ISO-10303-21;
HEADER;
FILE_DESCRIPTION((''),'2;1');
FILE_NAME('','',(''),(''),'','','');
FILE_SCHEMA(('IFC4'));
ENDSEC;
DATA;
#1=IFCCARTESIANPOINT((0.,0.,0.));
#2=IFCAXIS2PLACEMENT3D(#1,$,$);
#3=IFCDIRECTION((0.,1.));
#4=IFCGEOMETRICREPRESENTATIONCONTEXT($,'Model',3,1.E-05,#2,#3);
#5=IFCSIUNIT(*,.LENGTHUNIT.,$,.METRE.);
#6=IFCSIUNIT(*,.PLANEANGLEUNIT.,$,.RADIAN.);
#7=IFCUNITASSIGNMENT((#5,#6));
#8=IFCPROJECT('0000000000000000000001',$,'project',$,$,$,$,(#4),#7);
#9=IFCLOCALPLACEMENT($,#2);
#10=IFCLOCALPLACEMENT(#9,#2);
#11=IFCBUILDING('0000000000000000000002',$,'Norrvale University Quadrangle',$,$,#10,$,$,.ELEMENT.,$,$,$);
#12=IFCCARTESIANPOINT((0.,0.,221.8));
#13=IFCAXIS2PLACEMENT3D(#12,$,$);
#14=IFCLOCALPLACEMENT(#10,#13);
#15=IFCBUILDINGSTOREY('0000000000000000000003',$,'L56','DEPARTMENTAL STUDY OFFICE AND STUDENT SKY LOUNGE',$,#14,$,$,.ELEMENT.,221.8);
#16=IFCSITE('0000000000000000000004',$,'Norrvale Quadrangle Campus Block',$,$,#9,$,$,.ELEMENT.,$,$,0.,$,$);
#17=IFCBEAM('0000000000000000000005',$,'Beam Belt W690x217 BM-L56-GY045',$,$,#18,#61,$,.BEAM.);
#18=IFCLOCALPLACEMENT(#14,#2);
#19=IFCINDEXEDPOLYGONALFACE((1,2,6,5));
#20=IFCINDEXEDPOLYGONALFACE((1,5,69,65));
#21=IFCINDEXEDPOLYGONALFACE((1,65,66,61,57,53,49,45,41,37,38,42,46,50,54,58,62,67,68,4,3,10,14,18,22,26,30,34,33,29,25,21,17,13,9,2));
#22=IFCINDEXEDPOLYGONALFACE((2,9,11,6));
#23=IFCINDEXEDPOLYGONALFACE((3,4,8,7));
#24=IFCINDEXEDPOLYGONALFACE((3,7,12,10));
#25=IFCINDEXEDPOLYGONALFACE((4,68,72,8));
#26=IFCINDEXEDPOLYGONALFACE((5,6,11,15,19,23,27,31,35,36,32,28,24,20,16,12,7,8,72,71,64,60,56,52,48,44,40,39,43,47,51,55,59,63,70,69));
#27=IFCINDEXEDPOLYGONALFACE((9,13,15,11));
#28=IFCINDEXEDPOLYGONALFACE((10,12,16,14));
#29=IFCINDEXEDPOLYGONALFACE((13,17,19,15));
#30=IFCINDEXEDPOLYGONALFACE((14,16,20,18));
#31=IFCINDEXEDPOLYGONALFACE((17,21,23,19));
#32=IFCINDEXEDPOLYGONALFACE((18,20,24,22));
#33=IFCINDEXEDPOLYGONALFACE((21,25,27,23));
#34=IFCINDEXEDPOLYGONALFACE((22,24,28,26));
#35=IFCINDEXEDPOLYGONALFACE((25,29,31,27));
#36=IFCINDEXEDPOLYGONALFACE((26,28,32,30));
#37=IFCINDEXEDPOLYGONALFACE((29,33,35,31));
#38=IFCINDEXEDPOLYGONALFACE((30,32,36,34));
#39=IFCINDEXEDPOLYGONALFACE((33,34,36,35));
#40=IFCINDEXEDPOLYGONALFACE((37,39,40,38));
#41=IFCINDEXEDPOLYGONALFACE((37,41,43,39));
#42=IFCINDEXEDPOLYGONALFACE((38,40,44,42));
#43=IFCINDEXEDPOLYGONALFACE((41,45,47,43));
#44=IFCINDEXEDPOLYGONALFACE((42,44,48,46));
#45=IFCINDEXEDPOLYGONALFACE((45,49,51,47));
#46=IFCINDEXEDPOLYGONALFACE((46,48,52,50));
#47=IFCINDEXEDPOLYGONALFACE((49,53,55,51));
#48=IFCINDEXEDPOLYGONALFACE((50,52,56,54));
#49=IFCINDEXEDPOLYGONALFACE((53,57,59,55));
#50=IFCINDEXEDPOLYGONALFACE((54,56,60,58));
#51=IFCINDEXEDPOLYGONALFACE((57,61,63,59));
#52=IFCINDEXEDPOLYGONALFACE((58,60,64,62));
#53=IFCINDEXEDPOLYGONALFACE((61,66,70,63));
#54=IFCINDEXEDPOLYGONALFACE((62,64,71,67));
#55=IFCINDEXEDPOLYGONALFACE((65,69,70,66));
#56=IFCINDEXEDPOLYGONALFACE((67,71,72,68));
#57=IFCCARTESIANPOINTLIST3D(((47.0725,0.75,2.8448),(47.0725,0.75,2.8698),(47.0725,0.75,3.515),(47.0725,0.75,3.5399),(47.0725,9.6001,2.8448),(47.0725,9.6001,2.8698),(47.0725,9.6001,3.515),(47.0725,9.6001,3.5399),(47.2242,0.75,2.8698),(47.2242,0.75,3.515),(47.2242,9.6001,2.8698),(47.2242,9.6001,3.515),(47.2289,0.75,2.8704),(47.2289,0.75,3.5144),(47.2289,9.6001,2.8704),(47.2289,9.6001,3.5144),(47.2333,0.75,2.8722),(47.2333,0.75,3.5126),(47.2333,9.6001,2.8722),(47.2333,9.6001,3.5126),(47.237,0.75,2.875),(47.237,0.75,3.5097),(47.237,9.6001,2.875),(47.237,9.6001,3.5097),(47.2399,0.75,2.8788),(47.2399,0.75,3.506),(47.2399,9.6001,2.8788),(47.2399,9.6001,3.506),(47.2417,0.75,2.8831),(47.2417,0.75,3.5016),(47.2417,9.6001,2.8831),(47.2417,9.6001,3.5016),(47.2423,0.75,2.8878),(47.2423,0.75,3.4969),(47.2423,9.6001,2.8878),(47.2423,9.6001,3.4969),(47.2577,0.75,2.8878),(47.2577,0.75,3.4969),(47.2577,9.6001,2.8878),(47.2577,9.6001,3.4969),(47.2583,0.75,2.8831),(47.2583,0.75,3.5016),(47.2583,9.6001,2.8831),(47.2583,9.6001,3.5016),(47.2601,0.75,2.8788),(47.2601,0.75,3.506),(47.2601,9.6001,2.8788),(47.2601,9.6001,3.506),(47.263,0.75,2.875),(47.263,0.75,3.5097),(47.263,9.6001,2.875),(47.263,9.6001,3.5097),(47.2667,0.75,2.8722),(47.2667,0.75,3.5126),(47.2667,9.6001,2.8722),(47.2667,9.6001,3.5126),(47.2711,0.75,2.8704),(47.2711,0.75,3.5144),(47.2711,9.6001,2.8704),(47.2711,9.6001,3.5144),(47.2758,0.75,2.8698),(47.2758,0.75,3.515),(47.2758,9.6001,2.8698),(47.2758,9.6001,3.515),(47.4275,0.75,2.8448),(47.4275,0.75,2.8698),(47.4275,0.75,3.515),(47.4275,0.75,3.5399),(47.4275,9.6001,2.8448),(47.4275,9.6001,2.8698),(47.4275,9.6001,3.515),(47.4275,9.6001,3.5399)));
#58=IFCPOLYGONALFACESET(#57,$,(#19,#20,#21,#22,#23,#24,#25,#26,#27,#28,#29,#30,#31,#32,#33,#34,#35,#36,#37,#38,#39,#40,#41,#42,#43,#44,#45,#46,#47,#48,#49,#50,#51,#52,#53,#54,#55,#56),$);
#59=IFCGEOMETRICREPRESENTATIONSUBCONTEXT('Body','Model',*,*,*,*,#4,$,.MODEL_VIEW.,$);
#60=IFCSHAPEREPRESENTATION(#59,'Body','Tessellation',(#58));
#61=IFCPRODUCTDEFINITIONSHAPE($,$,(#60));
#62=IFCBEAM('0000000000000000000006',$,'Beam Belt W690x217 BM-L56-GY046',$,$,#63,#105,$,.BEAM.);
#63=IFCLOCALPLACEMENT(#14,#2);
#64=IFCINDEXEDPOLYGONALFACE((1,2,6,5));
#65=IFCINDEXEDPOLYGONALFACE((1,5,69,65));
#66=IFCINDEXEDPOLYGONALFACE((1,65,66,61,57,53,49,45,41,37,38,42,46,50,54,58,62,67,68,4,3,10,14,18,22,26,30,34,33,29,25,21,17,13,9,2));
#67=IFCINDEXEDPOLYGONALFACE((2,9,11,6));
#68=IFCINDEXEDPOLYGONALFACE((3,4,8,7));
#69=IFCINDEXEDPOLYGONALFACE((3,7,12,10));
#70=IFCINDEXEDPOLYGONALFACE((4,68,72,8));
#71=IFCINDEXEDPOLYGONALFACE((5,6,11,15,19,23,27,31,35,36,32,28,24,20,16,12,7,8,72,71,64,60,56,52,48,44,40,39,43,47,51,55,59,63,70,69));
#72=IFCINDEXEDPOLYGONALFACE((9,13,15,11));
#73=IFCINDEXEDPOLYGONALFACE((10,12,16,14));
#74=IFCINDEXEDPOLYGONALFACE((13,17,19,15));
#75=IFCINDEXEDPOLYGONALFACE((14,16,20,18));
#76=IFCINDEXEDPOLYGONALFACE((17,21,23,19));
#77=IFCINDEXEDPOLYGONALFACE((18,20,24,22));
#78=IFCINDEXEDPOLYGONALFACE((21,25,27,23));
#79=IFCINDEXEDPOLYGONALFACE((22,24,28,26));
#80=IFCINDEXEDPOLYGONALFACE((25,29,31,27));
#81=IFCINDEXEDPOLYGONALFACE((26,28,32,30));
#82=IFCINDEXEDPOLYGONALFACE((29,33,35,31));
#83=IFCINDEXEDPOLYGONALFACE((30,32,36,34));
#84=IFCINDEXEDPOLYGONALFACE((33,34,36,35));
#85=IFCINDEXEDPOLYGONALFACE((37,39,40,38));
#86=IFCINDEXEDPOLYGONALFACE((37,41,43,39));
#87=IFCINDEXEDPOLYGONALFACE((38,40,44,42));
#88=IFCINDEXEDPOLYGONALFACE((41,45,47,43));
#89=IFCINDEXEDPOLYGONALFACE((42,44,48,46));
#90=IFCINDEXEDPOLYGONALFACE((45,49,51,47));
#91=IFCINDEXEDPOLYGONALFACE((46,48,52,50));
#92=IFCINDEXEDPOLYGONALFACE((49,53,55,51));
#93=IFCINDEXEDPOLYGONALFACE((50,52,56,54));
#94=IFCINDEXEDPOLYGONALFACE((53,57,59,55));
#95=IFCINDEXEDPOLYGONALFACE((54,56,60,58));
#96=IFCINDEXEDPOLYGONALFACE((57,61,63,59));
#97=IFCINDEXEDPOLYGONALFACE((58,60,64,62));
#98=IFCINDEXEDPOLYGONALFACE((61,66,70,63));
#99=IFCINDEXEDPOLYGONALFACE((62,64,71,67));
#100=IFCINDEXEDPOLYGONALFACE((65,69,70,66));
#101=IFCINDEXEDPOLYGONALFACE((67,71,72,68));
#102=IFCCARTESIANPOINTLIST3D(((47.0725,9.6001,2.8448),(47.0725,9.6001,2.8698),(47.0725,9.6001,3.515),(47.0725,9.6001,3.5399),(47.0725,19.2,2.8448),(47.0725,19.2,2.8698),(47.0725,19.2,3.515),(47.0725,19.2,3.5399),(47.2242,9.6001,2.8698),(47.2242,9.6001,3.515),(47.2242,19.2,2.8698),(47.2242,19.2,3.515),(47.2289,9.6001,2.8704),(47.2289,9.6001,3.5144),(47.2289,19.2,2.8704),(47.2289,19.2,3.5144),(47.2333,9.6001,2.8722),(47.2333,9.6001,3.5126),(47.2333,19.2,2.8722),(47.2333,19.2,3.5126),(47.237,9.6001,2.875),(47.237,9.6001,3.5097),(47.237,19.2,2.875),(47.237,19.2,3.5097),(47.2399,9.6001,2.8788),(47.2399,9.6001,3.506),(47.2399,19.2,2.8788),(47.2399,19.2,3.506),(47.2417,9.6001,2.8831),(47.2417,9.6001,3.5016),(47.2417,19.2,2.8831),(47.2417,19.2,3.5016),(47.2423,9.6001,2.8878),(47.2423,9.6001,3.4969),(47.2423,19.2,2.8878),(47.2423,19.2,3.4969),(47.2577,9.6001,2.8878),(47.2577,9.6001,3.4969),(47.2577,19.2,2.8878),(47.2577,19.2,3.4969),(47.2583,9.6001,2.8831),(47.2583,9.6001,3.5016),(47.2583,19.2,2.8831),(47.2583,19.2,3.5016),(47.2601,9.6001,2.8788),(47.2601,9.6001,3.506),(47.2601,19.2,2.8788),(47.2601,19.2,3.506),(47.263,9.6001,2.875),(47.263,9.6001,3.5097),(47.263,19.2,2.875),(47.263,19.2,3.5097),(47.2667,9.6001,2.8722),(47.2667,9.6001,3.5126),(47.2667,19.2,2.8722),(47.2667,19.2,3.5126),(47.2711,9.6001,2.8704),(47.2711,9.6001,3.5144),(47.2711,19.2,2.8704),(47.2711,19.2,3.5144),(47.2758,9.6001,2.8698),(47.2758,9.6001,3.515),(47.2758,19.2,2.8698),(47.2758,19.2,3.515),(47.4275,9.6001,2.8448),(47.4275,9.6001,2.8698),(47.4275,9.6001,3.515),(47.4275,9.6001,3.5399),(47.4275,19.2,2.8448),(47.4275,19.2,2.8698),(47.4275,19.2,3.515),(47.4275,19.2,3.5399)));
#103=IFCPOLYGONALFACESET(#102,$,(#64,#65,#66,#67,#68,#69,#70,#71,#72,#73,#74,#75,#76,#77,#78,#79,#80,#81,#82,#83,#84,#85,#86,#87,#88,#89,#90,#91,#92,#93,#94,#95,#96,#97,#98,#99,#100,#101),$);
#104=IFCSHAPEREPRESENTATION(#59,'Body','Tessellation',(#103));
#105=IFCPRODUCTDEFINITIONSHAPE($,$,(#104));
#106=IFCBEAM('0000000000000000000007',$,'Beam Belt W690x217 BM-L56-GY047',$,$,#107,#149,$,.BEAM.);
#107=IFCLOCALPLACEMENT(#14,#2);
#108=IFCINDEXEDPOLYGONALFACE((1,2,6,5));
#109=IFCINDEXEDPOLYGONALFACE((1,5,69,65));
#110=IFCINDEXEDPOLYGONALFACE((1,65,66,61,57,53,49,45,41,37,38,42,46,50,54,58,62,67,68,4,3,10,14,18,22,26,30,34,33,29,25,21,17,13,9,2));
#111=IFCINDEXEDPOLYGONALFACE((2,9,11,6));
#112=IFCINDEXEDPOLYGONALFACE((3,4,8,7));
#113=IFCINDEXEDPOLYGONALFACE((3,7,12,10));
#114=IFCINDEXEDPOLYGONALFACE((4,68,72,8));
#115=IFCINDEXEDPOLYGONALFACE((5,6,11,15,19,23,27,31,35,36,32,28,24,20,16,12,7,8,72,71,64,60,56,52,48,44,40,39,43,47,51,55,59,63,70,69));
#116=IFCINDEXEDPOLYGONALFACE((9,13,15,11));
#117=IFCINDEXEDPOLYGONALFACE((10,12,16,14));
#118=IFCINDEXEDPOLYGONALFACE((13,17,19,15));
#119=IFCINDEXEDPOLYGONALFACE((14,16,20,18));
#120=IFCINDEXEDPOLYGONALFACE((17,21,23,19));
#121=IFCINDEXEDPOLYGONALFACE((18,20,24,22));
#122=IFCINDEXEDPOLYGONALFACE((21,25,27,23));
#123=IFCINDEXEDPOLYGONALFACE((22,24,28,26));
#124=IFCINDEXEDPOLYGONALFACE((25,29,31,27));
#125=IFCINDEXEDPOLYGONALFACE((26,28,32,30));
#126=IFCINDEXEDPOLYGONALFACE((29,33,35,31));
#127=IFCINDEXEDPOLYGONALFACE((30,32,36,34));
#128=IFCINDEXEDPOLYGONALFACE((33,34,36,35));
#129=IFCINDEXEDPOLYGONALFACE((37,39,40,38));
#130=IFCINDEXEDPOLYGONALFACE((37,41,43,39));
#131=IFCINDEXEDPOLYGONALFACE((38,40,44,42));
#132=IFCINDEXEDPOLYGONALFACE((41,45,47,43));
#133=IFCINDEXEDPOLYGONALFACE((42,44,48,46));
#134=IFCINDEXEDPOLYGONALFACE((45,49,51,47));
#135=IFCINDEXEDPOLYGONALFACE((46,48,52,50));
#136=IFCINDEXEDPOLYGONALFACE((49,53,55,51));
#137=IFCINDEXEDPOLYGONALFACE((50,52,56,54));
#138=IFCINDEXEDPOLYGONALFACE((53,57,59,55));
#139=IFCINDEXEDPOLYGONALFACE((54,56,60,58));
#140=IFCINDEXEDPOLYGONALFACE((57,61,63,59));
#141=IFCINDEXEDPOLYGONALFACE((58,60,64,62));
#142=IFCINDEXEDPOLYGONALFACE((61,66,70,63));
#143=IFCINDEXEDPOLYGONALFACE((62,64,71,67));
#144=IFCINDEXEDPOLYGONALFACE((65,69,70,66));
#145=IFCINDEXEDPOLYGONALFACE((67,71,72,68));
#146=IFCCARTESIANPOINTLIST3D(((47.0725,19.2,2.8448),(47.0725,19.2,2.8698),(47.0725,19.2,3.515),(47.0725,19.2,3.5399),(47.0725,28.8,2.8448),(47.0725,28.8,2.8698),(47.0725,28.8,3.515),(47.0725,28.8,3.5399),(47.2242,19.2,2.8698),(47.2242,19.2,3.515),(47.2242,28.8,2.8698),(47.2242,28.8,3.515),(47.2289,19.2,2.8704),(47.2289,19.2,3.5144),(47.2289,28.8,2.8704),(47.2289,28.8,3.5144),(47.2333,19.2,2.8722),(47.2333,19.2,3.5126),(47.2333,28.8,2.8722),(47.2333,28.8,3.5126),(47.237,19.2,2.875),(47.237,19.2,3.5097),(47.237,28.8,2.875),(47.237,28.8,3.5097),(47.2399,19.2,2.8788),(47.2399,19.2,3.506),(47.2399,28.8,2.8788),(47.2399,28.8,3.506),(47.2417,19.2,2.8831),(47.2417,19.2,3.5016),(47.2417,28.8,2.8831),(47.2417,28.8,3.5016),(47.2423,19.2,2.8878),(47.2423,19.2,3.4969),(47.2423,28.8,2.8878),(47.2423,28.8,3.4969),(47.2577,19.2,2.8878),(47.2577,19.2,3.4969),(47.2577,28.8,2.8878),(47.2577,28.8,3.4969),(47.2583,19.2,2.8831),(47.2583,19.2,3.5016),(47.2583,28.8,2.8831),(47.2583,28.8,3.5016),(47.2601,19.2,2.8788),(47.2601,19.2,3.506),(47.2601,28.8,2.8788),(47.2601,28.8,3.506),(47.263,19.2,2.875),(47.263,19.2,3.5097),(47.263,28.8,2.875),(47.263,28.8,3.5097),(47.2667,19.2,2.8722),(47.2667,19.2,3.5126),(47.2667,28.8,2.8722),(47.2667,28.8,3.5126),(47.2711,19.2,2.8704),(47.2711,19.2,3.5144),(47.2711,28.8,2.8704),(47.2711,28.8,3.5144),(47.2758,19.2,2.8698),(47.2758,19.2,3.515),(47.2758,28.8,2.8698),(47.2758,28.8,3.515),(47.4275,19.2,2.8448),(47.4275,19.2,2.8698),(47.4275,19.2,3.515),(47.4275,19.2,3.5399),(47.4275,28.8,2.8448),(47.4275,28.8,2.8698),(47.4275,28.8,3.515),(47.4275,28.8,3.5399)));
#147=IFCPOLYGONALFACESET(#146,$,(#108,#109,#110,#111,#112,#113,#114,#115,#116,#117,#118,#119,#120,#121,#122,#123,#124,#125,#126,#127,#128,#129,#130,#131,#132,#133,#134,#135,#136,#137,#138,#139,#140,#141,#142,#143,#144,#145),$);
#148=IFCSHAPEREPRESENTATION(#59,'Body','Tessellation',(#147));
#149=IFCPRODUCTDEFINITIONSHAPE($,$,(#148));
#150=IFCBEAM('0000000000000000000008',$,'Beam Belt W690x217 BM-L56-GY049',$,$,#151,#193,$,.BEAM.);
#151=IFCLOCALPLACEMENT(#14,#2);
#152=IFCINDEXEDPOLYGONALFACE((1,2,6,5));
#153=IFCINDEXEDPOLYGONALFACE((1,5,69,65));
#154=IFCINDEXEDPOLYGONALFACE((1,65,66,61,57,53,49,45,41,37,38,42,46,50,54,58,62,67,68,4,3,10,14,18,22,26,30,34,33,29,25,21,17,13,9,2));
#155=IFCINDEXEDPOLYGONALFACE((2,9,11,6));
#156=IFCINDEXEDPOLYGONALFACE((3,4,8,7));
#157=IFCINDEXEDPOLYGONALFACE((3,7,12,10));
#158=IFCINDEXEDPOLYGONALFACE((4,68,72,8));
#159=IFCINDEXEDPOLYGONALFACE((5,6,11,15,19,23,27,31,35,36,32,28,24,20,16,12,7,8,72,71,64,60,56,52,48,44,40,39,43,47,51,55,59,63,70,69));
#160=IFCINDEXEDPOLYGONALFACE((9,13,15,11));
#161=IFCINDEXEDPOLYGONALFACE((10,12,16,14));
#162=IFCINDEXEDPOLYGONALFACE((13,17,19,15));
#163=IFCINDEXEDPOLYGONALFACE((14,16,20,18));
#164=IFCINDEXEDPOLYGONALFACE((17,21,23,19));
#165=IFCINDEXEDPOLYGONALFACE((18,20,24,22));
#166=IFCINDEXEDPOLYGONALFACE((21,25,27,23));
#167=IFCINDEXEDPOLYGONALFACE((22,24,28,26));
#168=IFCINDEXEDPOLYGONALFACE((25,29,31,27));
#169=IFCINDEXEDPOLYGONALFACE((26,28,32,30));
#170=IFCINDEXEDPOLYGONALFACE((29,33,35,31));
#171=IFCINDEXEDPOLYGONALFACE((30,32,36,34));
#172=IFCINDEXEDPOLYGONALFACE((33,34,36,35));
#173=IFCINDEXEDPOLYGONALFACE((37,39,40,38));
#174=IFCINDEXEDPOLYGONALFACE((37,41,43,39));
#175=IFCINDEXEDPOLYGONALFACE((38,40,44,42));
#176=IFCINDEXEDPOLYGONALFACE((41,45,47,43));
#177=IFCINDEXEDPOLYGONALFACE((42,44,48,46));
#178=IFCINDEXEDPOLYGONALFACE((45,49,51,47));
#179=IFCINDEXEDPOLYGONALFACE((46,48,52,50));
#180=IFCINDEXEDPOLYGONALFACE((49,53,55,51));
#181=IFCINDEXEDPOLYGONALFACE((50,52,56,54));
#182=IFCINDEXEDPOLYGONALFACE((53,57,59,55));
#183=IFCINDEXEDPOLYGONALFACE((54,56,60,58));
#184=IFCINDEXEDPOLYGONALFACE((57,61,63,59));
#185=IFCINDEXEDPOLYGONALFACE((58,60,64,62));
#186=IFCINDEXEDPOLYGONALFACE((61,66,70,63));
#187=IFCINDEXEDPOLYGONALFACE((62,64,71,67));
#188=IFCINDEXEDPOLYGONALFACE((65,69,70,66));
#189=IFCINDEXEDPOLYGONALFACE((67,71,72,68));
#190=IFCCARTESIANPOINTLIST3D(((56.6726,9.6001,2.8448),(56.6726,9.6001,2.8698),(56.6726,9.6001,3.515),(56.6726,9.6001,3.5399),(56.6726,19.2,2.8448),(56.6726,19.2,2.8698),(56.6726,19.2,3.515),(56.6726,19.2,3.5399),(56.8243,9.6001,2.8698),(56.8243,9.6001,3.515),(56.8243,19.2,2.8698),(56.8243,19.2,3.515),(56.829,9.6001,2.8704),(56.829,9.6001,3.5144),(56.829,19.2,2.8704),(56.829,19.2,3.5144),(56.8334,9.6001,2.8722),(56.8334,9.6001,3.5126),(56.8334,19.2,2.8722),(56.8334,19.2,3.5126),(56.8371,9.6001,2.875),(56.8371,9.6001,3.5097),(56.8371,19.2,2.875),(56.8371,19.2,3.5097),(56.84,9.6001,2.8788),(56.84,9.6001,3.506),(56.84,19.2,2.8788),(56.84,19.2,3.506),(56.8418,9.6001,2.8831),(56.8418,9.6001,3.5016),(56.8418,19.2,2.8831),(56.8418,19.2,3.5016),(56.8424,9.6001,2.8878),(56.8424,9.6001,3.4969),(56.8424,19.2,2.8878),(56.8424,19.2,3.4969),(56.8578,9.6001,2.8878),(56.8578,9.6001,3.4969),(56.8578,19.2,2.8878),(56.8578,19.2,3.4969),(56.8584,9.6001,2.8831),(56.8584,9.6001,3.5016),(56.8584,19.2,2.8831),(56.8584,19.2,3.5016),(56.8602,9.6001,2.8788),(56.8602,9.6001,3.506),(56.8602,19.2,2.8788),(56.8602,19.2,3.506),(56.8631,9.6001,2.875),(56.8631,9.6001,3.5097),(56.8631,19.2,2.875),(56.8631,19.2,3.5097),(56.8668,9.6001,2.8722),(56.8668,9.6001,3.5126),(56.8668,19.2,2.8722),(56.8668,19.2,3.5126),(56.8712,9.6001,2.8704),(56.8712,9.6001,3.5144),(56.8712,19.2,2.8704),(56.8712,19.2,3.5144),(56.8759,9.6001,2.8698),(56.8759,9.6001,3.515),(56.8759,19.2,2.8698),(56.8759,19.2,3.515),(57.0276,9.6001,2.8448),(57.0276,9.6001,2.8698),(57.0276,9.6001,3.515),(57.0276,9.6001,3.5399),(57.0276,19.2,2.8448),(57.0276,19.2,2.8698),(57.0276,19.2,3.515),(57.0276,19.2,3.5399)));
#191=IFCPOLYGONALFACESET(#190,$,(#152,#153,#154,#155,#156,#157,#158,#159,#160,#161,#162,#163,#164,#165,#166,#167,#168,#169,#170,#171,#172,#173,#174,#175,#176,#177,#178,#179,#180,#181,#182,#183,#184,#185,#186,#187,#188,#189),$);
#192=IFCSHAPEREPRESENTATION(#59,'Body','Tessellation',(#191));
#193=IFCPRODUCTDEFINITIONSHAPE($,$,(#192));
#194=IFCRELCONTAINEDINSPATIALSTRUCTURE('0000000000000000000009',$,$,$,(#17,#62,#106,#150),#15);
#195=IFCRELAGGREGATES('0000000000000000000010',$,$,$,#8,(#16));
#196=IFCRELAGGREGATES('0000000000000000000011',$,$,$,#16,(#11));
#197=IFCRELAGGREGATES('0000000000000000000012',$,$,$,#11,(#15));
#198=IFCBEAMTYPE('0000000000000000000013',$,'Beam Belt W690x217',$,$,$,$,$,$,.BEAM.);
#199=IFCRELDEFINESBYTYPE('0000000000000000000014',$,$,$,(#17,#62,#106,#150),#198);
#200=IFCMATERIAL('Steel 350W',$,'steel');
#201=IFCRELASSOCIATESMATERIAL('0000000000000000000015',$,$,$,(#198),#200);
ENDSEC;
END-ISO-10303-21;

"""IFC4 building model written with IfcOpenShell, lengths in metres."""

from ifc_helpers import new_model, si_unit, direction, frame, origin, origin_2d, place, context, subcontext, project, spatial, i_section, extrude, material, material_profile, profile_set, type_object, element, save


model = new_model("IFC4")

# Units and contexts
model_context = context("Model", 3, precision=1e-05, world=origin(), true_north=direction((0.0, 1.0)))
body_context = subcontext(model_context, "Body", "Model", "MODEL_VIEW")
ifc_project = project(units=[si_unit("LENGTHUNIT", "METRE"), si_unit("PLANEANGLEUNIT", "RADIAN")], contexts=[model_context])

# Site, building, storey
site_placement = place(None, origin())
site = spatial("IfcSite", under=ifc_project, at=site_placement, Name="Norrvale Quadrangle Campus Block", CompositionType="ELEMENT", RefElevation=0.0)
building_placement = place(site_placement, origin())
building = spatial("IfcBuilding", under=site, at=building_placement, Name="Norrvale University Quadrangle", CompositionType="ELEMENT")
storey_placement = place(building_placement, frame((0.0, 0.0, 221.8)))
storey = spatial("IfcBuildingStorey", under=building, at=storey_placement, Name="L56", Description="DEPARTMENTAL STUDY OFFICE AND STUDENT SKY LOUNGE", CompositionType="ELEMENT", Elevation=221.8)

# Beams
ifc_material_1 = material(Name="Steel 350W", Category="steel")
ifc_material_profile_1 = material_profile(ifc_material_1, i_section(OverallWidth=0.355, OverallDepth=0.6951, WebThickness=0.0154, FlangeThickness=0.0249, FilletRadius=0.0181, at=origin_2d()), Name="Steel 350W")
ifc_profile_set_1 = profile_set([ifc_material_profile_1], Name="Steel 350W")
beam_type_1 = type_object("IfcBeamType", Name="Beam Belt W690x217", PredefinedType="BEAM", material=ifc_profile_set_1)
beam_1_placement = place(storey_placement, frame((47.25, 0.75, 3.1924), z_axis=(0.0, 1.0, 0.0), x_axis=(-1.0, 0.0, 0.0)))
element("IfcBeam", 1, at=beam_1_placement, inside=storey, type_object=beam_type_1, Name="Beam Belt W690x217 BM-L56-GY045", PredefinedType="BEAM", context=body_context, shape_type="SweptSolid", body=[
    extrude(i_section(OverallWidth=0.355, OverallDepth=0.6951, WebThickness=0.0154, FlangeThickness=0.0249, FilletRadius=0.0181, at=origin_2d()), origin(), (0.0, 0.0, 1.0), 8.8501),
])
beam_2_placement = place(storey_placement, frame((47.25, 9.6001, 3.1924), z_axis=(0.0, 1.0, 0.0), x_axis=(-1.0, 0.0, 0.0)))
element("IfcBeam", 2, at=beam_2_placement, inside=storey, type_object=beam_type_1, Name="Beam Belt W690x217 BM-L56-GY046", PredefinedType="BEAM", context=body_context, shape_type="SweptSolid", body=[
    extrude(i_section(OverallWidth=0.355, OverallDepth=0.6951, WebThickness=0.0154, FlangeThickness=0.0249, FilletRadius=0.0181, at=origin_2d()), origin(), (0.0, 0.0, 1.0), 9.5999),
])
beam_3_placement = place(storey_placement, frame((47.25, 19.2, 3.1924), z_axis=(0.0, 1.0, 0.0), x_axis=(-1.0, 0.0, 0.0)))
element("IfcBeam", 3, at=beam_3_placement, inside=storey, type_object=beam_type_1, Name="Beam Belt W690x217 BM-L56-GY047", PredefinedType="BEAM", context=body_context, shape_type="SweptSolid", body=[
    extrude(i_section(OverallWidth=0.355, OverallDepth=0.6951, WebThickness=0.0154, FlangeThickness=0.0249, FilletRadius=0.0181, at=origin_2d()), origin(), (0.0, 0.0, 1.0), 9.6001),
])
beam_4_placement = place(storey_placement, frame((56.8501, 9.6001, 3.1924), z_axis=(0.0, 1.0, 0.0), x_axis=(-1.0, 0.0, 0.0)))
element("IfcBeam", 4, at=beam_4_placement, inside=storey, type_object=beam_type_1, Name="Beam Belt W690x217 BM-L56-GY049", PredefinedType="BEAM", context=body_context, shape_type="SweptSolid", body=[
    extrude(i_section(OverallWidth=0.355, OverallDepth=0.6951, WebThickness=0.0154, FlangeThickness=0.0249, FilletRadius=0.0181, at=origin_2d()), origin(), (0.0, 0.0, 1.0), 9.5999),
])

save(model, "model.ifc")
